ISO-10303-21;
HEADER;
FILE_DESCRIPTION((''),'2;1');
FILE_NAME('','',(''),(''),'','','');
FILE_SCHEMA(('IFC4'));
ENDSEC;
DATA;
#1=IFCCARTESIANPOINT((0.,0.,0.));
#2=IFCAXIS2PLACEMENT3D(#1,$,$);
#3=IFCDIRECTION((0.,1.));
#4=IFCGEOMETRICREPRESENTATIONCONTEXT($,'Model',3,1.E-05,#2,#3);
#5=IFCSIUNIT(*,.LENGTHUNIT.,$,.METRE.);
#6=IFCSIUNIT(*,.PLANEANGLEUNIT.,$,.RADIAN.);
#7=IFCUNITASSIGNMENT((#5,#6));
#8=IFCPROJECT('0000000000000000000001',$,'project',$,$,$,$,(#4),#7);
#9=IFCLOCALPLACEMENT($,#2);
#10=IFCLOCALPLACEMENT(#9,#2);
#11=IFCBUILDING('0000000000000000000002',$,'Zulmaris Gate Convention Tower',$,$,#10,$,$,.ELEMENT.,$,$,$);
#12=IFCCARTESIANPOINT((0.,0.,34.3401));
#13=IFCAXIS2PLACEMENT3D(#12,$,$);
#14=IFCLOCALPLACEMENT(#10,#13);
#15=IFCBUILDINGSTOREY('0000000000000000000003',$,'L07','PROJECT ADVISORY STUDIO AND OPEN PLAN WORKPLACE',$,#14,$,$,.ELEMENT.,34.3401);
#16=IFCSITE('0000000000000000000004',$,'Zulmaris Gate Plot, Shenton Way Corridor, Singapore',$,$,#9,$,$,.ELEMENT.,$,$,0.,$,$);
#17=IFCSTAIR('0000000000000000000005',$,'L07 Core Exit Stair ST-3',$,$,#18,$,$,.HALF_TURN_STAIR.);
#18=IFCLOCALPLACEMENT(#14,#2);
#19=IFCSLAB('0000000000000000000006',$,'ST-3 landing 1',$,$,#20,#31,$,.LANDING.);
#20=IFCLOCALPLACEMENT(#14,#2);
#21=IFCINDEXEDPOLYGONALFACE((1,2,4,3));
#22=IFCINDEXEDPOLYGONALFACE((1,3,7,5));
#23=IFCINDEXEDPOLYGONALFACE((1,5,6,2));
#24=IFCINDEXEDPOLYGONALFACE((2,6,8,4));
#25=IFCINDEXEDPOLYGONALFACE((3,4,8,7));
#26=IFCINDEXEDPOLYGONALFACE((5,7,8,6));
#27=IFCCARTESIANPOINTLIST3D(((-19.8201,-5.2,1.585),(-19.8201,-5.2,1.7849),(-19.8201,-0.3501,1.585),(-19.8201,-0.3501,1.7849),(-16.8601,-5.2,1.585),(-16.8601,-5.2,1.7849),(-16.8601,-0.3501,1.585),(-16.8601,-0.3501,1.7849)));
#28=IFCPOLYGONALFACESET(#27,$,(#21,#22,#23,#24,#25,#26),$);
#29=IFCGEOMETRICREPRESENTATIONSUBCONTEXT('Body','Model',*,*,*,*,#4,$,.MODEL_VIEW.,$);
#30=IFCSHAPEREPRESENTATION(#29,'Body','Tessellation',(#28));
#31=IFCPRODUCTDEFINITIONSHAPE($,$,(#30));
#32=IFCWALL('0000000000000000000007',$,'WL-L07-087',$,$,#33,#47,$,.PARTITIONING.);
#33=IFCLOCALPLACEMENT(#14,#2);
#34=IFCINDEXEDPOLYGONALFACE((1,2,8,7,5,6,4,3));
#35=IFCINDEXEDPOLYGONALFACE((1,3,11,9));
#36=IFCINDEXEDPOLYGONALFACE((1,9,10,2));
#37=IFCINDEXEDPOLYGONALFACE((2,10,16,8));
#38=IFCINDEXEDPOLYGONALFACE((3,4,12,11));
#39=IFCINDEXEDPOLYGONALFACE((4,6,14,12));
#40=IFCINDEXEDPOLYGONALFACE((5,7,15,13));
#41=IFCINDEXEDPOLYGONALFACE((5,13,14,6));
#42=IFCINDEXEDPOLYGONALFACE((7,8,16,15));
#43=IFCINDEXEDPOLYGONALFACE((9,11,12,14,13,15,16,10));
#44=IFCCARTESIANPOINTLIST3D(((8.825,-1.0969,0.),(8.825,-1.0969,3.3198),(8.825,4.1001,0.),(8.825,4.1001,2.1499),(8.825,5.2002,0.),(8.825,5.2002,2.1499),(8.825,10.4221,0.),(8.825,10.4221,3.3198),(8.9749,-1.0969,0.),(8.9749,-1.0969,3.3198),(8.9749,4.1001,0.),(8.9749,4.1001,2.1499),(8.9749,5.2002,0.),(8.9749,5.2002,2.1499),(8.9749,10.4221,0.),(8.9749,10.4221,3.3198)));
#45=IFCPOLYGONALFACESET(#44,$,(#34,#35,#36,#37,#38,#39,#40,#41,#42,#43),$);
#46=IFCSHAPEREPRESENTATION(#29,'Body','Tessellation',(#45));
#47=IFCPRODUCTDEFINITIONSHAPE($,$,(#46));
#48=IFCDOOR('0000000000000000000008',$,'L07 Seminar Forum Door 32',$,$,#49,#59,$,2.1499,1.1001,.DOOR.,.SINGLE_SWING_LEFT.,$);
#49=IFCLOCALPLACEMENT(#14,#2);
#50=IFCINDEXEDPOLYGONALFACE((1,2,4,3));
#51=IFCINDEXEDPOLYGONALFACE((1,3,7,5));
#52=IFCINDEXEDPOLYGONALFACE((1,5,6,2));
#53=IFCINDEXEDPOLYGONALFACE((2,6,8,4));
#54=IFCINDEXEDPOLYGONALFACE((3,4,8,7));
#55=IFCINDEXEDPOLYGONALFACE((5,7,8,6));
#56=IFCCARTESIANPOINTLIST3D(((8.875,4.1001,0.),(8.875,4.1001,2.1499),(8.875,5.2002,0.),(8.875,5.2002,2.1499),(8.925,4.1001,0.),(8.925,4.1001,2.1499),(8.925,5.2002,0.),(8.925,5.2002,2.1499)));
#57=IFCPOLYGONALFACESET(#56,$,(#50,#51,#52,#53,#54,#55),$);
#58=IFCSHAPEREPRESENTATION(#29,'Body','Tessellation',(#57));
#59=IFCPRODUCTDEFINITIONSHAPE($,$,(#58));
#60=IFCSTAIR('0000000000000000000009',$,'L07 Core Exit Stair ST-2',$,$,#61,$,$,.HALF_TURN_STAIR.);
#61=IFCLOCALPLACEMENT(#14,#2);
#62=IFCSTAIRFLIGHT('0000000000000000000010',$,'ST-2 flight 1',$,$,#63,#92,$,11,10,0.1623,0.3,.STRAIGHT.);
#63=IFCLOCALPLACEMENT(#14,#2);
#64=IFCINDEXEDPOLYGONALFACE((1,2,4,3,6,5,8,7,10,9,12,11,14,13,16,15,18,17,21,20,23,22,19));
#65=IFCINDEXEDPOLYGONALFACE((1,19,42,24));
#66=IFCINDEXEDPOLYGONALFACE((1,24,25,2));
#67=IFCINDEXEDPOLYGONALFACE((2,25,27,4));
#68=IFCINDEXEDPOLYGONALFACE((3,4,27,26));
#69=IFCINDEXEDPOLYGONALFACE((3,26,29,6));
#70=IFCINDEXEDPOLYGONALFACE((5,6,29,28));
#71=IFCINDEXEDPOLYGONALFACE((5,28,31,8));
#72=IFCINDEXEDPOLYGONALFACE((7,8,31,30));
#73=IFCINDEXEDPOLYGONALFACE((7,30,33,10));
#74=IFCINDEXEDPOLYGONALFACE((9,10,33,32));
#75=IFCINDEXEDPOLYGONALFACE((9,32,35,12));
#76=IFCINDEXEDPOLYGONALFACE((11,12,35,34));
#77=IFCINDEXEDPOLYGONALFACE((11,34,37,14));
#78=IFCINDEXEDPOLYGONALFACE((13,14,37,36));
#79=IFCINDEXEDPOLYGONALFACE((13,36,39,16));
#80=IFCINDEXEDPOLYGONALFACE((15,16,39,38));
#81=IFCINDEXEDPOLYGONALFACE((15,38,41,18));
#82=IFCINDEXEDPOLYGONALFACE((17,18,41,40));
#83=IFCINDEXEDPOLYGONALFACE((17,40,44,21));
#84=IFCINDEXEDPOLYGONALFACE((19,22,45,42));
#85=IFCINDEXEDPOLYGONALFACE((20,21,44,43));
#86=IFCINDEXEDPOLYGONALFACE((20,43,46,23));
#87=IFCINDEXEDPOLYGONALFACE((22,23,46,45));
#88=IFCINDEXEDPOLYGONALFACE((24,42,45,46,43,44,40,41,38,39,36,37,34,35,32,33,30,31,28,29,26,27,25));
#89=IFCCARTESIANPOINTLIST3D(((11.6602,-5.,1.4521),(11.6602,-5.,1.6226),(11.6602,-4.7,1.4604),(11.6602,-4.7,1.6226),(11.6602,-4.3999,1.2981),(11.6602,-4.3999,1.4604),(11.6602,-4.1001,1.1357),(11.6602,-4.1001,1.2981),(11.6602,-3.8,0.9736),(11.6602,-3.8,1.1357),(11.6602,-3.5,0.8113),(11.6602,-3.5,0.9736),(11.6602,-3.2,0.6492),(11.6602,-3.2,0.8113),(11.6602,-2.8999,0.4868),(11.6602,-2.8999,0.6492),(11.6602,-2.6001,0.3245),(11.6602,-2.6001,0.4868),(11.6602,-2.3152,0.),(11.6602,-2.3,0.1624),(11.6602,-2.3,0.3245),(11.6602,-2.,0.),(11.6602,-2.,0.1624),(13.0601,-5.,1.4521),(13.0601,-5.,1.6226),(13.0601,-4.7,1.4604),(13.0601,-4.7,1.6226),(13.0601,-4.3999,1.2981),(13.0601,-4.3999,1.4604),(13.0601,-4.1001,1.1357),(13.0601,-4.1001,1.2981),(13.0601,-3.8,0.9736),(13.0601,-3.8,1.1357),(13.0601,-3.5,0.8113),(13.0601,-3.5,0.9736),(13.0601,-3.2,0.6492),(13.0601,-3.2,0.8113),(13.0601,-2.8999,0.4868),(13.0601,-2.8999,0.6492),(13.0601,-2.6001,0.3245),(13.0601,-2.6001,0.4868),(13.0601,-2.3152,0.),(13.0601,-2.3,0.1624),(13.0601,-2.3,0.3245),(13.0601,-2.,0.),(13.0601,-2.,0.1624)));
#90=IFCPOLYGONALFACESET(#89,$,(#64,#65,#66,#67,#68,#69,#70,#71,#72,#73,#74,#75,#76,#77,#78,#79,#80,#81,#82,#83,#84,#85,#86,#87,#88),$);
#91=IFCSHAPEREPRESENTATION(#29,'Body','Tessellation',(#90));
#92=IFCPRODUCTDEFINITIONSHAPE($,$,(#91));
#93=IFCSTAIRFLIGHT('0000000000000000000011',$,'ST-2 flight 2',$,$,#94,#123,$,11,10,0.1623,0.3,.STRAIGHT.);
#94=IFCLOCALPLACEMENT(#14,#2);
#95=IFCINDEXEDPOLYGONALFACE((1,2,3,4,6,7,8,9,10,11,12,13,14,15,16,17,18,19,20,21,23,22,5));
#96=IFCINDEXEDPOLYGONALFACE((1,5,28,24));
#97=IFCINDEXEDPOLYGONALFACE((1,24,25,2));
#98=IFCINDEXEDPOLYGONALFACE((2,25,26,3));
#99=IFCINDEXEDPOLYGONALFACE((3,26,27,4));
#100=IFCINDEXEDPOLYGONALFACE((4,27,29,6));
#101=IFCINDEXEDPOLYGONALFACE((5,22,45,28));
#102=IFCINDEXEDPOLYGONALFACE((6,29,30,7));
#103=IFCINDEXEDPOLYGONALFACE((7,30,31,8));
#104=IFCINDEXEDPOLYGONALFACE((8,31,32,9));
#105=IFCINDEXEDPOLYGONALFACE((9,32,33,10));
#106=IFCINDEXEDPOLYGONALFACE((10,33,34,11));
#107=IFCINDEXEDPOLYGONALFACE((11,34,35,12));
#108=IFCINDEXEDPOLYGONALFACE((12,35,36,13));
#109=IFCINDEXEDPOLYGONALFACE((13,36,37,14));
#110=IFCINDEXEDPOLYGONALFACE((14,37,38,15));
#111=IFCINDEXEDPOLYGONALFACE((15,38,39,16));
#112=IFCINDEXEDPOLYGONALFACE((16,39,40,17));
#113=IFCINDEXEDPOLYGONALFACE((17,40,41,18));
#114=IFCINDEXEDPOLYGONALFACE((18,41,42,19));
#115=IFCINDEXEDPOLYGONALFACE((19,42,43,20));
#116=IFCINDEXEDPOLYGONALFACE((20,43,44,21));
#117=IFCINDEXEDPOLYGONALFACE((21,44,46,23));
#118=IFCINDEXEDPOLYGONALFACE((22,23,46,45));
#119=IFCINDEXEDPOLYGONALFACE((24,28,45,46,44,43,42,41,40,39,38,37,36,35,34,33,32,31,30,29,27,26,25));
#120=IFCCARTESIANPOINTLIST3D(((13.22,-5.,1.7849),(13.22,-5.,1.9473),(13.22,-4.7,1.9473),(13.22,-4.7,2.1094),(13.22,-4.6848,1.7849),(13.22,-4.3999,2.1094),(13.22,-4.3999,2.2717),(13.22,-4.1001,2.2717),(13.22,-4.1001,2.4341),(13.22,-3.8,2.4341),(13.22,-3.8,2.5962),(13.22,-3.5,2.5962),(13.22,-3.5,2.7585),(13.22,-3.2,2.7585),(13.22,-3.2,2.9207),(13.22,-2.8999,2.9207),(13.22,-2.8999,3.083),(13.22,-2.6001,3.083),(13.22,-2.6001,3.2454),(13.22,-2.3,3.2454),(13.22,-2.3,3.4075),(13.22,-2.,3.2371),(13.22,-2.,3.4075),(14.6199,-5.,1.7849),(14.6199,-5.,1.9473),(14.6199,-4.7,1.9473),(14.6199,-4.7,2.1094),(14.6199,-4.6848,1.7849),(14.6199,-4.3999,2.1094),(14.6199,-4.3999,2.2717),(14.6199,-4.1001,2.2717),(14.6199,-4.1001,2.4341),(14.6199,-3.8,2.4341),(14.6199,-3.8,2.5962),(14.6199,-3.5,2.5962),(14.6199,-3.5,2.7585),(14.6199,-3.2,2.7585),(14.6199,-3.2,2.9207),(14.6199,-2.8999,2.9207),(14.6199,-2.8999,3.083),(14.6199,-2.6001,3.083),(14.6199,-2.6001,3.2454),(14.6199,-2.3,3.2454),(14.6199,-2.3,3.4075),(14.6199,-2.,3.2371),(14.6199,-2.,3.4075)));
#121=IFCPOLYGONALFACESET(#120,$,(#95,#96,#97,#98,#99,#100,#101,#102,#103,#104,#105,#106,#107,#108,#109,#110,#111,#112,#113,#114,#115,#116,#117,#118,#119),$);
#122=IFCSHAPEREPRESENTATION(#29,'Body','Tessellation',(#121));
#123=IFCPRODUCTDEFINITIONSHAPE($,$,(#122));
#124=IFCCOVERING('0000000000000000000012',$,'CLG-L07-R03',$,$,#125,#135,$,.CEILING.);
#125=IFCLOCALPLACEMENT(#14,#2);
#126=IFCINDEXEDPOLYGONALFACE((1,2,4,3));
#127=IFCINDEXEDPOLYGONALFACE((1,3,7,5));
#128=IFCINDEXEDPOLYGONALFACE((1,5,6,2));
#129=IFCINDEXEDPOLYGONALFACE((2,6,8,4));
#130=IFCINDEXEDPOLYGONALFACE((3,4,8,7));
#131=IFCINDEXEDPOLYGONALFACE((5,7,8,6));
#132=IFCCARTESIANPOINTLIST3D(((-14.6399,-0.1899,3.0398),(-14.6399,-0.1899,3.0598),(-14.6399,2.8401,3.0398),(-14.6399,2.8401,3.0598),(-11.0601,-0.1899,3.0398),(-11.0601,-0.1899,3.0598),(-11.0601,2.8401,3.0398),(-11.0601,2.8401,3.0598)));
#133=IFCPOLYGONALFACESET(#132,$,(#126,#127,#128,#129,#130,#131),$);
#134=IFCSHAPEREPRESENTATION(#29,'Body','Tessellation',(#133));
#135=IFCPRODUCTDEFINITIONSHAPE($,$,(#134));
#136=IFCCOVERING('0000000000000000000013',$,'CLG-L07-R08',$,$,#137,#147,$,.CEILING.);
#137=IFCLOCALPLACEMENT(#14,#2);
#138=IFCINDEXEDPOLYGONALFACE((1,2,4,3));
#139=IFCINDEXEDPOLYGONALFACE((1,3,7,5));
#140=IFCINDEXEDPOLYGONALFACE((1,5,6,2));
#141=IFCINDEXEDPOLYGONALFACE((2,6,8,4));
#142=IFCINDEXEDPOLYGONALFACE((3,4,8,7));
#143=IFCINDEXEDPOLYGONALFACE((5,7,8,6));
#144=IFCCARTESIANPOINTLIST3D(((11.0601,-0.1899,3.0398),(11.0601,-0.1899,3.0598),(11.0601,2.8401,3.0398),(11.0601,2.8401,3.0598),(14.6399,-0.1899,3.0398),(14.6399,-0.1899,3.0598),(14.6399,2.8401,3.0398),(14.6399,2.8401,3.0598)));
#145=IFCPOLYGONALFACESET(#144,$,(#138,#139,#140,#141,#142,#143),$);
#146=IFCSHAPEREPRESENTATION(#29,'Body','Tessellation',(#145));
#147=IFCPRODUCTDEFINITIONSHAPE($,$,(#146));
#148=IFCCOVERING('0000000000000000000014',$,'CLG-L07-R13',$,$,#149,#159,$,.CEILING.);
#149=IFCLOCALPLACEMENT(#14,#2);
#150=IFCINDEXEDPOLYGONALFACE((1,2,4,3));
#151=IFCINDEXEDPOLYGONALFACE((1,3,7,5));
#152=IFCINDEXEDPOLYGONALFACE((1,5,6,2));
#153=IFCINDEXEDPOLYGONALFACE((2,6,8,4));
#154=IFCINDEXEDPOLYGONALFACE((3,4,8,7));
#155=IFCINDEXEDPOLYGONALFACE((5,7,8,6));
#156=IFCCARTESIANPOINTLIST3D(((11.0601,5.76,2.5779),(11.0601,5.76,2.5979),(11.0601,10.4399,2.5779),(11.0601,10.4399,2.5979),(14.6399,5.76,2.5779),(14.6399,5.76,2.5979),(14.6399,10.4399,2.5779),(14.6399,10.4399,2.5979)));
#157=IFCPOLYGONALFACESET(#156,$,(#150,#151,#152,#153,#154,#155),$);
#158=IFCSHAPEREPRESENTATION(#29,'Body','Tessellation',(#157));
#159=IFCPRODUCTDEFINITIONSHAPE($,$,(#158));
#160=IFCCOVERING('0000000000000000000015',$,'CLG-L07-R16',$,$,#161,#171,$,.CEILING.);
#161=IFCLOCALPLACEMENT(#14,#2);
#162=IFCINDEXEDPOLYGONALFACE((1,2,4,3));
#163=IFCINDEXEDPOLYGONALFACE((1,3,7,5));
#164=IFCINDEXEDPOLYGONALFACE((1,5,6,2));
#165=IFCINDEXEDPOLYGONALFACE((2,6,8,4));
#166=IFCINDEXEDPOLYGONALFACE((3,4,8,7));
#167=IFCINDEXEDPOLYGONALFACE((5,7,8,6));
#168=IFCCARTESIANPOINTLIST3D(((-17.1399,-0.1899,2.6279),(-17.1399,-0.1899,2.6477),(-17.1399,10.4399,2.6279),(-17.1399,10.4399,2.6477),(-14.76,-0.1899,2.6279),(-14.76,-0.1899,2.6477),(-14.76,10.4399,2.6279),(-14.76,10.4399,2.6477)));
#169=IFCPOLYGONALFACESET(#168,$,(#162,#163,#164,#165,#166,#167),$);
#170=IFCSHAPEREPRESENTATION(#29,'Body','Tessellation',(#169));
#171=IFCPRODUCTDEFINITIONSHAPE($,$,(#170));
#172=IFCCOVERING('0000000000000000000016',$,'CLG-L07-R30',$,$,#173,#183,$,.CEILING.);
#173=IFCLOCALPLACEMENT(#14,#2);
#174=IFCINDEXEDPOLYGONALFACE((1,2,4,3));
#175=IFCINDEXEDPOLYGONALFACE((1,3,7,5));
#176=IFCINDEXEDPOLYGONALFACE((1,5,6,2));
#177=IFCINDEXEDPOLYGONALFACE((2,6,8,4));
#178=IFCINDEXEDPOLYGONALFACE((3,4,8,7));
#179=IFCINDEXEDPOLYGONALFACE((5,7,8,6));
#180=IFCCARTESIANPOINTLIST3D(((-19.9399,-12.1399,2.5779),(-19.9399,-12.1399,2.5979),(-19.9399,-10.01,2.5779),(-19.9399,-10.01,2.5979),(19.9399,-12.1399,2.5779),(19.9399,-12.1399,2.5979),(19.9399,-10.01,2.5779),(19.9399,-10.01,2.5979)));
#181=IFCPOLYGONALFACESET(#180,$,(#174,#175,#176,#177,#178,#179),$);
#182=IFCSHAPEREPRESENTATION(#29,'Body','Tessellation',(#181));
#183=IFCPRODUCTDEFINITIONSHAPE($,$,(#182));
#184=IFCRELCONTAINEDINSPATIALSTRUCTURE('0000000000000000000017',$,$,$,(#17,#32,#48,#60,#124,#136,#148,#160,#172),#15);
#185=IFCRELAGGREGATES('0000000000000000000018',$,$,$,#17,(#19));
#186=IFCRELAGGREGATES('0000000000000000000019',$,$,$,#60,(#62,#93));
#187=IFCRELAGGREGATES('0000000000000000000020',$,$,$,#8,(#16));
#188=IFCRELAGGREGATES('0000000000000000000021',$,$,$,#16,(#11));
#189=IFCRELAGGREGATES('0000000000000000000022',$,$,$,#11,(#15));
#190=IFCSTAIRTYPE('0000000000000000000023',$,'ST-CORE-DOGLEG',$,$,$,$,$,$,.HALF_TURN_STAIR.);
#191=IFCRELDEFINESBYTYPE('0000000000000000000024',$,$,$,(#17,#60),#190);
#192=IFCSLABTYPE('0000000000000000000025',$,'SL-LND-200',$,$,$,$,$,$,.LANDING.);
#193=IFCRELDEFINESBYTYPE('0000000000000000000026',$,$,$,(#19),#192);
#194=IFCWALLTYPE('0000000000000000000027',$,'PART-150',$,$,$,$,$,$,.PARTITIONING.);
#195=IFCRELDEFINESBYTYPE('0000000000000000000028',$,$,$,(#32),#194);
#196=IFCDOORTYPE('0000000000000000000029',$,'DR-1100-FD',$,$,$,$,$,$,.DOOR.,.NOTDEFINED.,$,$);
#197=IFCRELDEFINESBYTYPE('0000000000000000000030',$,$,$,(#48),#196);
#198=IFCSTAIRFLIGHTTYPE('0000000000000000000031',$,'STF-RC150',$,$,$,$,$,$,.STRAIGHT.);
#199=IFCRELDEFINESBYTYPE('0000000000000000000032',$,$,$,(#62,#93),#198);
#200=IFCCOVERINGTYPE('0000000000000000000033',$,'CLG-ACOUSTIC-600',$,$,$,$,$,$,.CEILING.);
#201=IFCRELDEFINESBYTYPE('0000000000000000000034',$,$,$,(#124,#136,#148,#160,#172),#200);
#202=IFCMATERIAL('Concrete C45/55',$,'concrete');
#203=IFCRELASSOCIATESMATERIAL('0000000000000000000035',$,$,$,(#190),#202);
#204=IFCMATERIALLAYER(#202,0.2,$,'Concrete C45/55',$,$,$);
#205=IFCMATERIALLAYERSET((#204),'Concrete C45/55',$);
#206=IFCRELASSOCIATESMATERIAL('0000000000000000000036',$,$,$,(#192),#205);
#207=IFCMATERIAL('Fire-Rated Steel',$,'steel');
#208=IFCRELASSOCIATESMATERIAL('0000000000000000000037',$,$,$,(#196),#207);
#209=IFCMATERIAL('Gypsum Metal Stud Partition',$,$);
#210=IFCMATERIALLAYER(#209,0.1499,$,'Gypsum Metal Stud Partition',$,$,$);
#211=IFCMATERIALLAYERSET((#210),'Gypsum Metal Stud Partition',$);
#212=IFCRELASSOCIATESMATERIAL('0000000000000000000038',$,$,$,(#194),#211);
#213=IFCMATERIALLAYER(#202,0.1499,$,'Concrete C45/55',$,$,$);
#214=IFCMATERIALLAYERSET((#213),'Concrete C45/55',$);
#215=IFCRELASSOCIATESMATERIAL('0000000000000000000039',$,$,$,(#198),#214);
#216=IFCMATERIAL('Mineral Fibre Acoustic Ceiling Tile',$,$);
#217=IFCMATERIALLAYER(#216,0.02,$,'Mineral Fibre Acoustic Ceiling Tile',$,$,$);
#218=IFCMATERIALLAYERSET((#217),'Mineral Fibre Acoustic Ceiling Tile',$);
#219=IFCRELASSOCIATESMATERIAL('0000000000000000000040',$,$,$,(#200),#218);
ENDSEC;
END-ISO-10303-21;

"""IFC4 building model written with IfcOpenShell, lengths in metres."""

from ifc_helpers import new_model, si_unit, direction, frame, frame_2d, origin, place, context, subcontext, project, spatial, polyline, rectangle, outline, extrude, material, layer, layer_set, type_object, element, fill, aggregate, save


model = new_model("IFC4")

# Units and contexts
model_context = context("Model", 3, precision=1e-05, world=origin(), true_north=direction((0.0, 1.0)))
body_context = subcontext(model_context, "Body", "Model", "MODEL_VIEW")
ifc_project = project(units=[si_unit("LENGTHUNIT", "METRE"), si_unit("PLANEANGLEUNIT", "RADIAN")], contexts=[model_context])

# Site, building, storey
site_placement = place(None, origin())
site = spatial("IfcSite", under=ifc_project, at=site_placement, Name="Zulmaris Gate Plot, Shenton Way Corridor, Singapore", CompositionType="ELEMENT", RefElevation=0.0)
building_placement = place(site_placement, origin())
building = spatial("IfcBuilding", under=site, at=building_placement, Name="Zulmaris Gate Convention Tower", CompositionType="ELEMENT")
storey_placement = place(building_placement, frame((0.0, 0.0, 34.3401)))
storey = spatial("IfcBuildingStorey", under=building, at=storey_placement, Name="L07", Description="PROJECT ADVISORY STUDIO AND OPEN PLAN WORKPLACE", CompositionType="ELEMENT", Elevation=34.3401)

# Stair, slab
ifc_material_1 = material(Name="Concrete C45/55", Category="concrete")
stair_type = type_object("IfcStairType", Name="ST-CORE-DOGLEG", PredefinedType="HALF_TURN_STAIR", material=ifc_material_1)
stair_1_placement = place(storey_placement, origin())
stair_1 = element("IfcStair", 1, at=stair_1_placement, inside=storey, type_object=stair_type, Name="L07 Core Exit Stair ST-3", PredefinedType="HALF_TURN_STAIR")
ifc_layer_1 = layer(ifc_material_1, 0.2, Name="Concrete C45/55")
ifc_layer_set_1 = layer_set([ifc_layer_1], Name="Concrete C45/55")
slab_type = type_object("IfcSlabType", Name="SL-LND-200", PredefinedType="LANDING", material=ifc_layer_set_1)
slab_placement = place(storey_placement, frame((0.0, 0.0, 1.585)))
slab = element("IfcSlab", 2, at=slab_placement, type_object=slab_type, Name="ST-3 landing 1", PredefinedType="LANDING", context=body_context, shape_type="SweptSolid", body=[
    extrude(outline(polyline([(-16.8601, -5.2), (-16.8601, -0.3501), (-19.8201, -0.3501), (-19.8201, -5.2), (-16.8601, -5.2)])), origin(), (0.0, 0.0, 1.0), 0.2),
])
aggregate(stair_1, [slab])

# Wall, opening, door
ifc_material_2 = material(Name="Fire-Rated Steel", Category="steel")
door_type_1 = type_object("IfcDoorType", Name="DR-1100-FD", OperationType="NOTDEFINED", PredefinedType="DOOR", material=ifc_material_2)
ifc_material_3 = material(Name="Gypsum Metal Stud Partition")
ifc_layer_2 = layer(ifc_material_3, 0.1499, Name="Gypsum Metal Stud Partition")
ifc_layer_set_2 = layer_set([ifc_layer_2], Name="Gypsum Metal Stud Partition")
wall_type_1 = type_object("IfcWallType", Name="PART-150", PredefinedType="PARTITIONING", material=ifc_layer_set_2)
wall_1_placement = place(storey_placement, frame((8.8999, -1.0969, 0.0), z_axis=(0.0, 0.0, 1.0), x_axis=(0.0, 1.0, 0.0)))
wall_1 = element("IfcWall", 3, at=wall_1_placement, inside=storey, type_object=wall_type_1, Name="WL-L07-087", PredefinedType="PARTITIONING", context=body_context, shape_type="SweptSolid", body=[
    extrude(rectangle(XDim=11.519, YDim=0.1499, at=frame_2d((5.7595, 0.0))), origin(), (0.0, 0.0, 1.0), 3.3198),
])
opening_1_placement = place(wall_1_placement, frame((5.197, 0.0, 0.0)))
opening_1 = element("IfcOpeningElement", 4, at=opening_1_placement, cuts=wall_1, PredefinedType="OPENING", context=body_context, shape_type="SweptSolid", body=[
    extrude(rectangle(XDim=1.1001, YDim=2.1499, at=frame_2d((0.55, 1.075))), frame((0.0, 0.085, 0.0), z_axis=(0.0, -1.0, 0.0), x_axis=(1.0, 0.0, 0.0)), (0.0, 0.0, 1.0), 0.1699),
])
door_1_placement = place(opening_1_placement, origin())
door_1 = element("IfcDoor", 5, at=door_1_placement, inside=storey, type_object=door_type_1, Name="L07 Seminar Forum Door 32", OperationType="SINGLE_SWING_LEFT", OverallHeight=2.1499, OverallWidth=1.1001, PredefinedType="DOOR", context=body_context, shape_type="SweptSolid", body=[
    extrude(rectangle(XDim=1.1001, YDim=2.1499, at=frame_2d((0.55, 1.075))), frame((0.0, 0.0249, 0.0), z_axis=(0.0, -1.0, 0.0), x_axis=(1.0, 0.0, 0.0)), (0.0, 0.0, 1.0), 0.05),
])
fill(opening_1, door_1)

# Stair, stair flights
stair_2_placement = place(storey_placement, origin())
stair_2 = element("IfcStair", 6, at=stair_2_placement, inside=storey, type_object=stair_type, Name="L07 Core Exit Stair ST-2", PredefinedType="HALF_TURN_STAIR")
ifc_layer_3 = layer(ifc_material_1, 0.1499, Name="Concrete C45/55")
ifc_layer_set_3 = layer_set([ifc_layer_3], Name="Concrete C45/55")
stair_flight_type = type_object("IfcStairFlightType", Name="STF-RC150", PredefinedType="STRAIGHT", material=ifc_layer_set_3)
stair_flight_1_placement = place(storey_placement, frame((12.3601, -2.0, 0.0), z_axis=(0.0, 0.0, 1.0), x_axis=(0.0, -1.0, 0.0)))
stair_flight_1 = element("IfcStairFlight", 7, at=stair_flight_1_placement, type_object=stair_flight_type, Name="ST-2 flight 1", NumberOfRisers=11, NumberOfTreads=10, PredefinedType="STRAIGHT", RiserHeight=0.1623, TreadLength=0.3, context=body_context, shape_type="SweptSolid", body=[
    extrude(outline(polyline([(0.0, 0.0), (0.0, 0.1624), (0.3, 0.1624), (0.3, 0.3245), (0.6001, 0.3245), (0.6001, 0.4868), (0.8999, 0.4868), (0.8999, 0.6492), (1.2, 0.6492), (1.2, 0.8113), (1.5, 0.8113), (1.5, 0.9736), (1.8, 0.9736), (1.8, 1.1357), (2.1001, 1.1357), (2.1001, 1.2981), (2.3999, 1.2981), (2.3999, 1.4604), (2.7, 1.4604), (2.7, 1.6226), (3.0, 1.6226), (3.0, 1.7849), (3.0, 1.4521), (0.3152, 0.0), (0.0, 0.0)])), frame((0.0, 0.7, 0.0), z_axis=(0.0, -1.0, 0.0), x_axis=(1.0, 0.0, 0.0)), (0.0, 0.0, 1.0), 1.3999),
])
stair_flight_2_placement = place(storey_placement, frame((13.9199, -5.0, 1.7849), z_axis=(0.0, 0.0, 1.0), x_axis=(0.0, 1.0, 0.0)))
stair_flight_2 = element("IfcStairFlight", 8, at=stair_flight_2_placement, type_object=stair_flight_type, Name="ST-2 flight 2", NumberOfRisers=11, NumberOfTreads=10, PredefinedType="STRAIGHT", RiserHeight=0.1623, TreadLength=0.3, context=body_context, shape_type="SweptSolid", body=[
    extrude(outline(polyline([(0.0, 0.0), (0.0, 0.1624), (0.3, 0.1624), (0.3, 0.3245), (0.6001, 0.3245), (0.6001, 0.4868), (0.8999, 0.4868), (0.8999, 0.6492), (1.2, 0.6492), (1.2, 0.8113), (1.5, 0.8113), (1.5, 0.9736), (1.8, 0.9736), (1.8, 1.1357), (2.1001, 1.1357), (2.1001, 1.2981), (2.3999, 1.2981), (2.3999, 1.4604), (2.7, 1.4604), (2.7, 1.6226), (3.0, 1.6226), (3.0, 1.7849), (3.0, 1.4521), (0.3152, 0.0), (0.0, 0.0)])), frame((0.0, 0.7, 0.0), z_axis=(0.0, -1.0, 0.0), x_axis=(1.0, 0.0, 0.0)), (0.0, 0.0, 1.0), 1.3999),
])
aggregate(stair_2, [stair_flight_1, stair_flight_2])

# Coverings
ifc_material_4 = material(Name="Mineral Fibre Acoustic Ceiling Tile")
ifc_layer_4 = layer(ifc_material_4, 0.02, Name="Mineral Fibre Acoustic Ceiling Tile")
ifc_layer_set_4 = layer_set([ifc_layer_4], Name="Mineral Fibre Acoustic Ceiling Tile")
covering_type_1 = type_object("IfcCoveringType", Name="CLG-ACOUSTIC-600", PredefinedType="CEILING", material=ifc_layer_set_4)
covering_1_placement = place(storey_placement, frame((0.0, 0.0, 3.0398)))
element("IfcCovering", 9, at=covering_1_placement, inside=storey, type_object=covering_type_1, Name="CLG-L07-R03", PredefinedType="CEILING", context=body_context, shape_type="SweptSolid", body=[
    extrude(outline(polyline([(-14.6399, -0.1899), (-11.0601, -0.1899), (-11.0601, 2.8401), (-14.6399, 2.8401), (-14.6399, -0.1899)])), origin(), (0.0, 0.0, 1.0), 0.02),
])
covering_2_placement = place(storey_placement, frame((0.0, 0.0, 3.0398)))
element("IfcCovering", 10, at=covering_2_placement, inside=storey, type_object=covering_type_1, Name="CLG-L07-R08", PredefinedType="CEILING", context=body_context, shape_type="SweptSolid", body=[
    extrude(outline(polyline([(11.0601, -0.1899), (14.6399, -0.1899), (14.6399, 2.8401), (11.0601, 2.8401), (11.0601, -0.1899)])), origin(), (0.0, 0.0, 1.0), 0.02),
])
covering_3_placement = place(storey_placement, frame((0.0, 0.0, 2.5779)))
element("IfcCovering", 11, at=covering_3_placement, inside=storey, type_object=covering_type_1, Name="CLG-L07-R13", PredefinedType="CEILING", context=body_context, shape_type="SweptSolid", body=[
    extrude(outline(polyline([(11.0601, 5.76), (14.6399, 5.76), (14.6399, 10.4399), (11.0601, 10.4399), (11.0601, 5.76)])), origin(), (0.0, 0.0, 1.0), 0.02),
])
covering_4_placement = place(storey_placement, frame((0.0, 0.0, 2.6279)))
element("IfcCovering", 12, at=covering_4_placement, inside=storey, type_object=covering_type_1, Name="CLG-L07-R16", PredefinedType="CEILING", context=body_context, shape_type="SweptSolid", body=[
    extrude(outline(polyline([(-17.1399, -0.1899), (-14.76, -0.1899), (-14.76, 10.4399), (-17.1399, 10.4399), (-17.1399, -0.1899)])), origin(), (0.0, 0.0, 1.0), 0.0198),
])
covering_5_placement = place(storey_placement, frame((0.0, 0.0, 2.5779)))
element("IfcCovering", 13, at=covering_5_placement, inside=storey, type_object=covering_type_1, Name="CLG-L07-R30", PredefinedType="CEILING", context=body_context, shape_type="SweptSolid", body=[
    extrude(outline(polyline([(-19.9399, -12.1399), (19.9399, -12.1399), (19.9399, -10.01), (-19.9399, -10.01), (-19.9399, -12.1399)])), origin(), (0.0, 0.0, 1.0), 0.02),
])

save(model, "model.ifc")
